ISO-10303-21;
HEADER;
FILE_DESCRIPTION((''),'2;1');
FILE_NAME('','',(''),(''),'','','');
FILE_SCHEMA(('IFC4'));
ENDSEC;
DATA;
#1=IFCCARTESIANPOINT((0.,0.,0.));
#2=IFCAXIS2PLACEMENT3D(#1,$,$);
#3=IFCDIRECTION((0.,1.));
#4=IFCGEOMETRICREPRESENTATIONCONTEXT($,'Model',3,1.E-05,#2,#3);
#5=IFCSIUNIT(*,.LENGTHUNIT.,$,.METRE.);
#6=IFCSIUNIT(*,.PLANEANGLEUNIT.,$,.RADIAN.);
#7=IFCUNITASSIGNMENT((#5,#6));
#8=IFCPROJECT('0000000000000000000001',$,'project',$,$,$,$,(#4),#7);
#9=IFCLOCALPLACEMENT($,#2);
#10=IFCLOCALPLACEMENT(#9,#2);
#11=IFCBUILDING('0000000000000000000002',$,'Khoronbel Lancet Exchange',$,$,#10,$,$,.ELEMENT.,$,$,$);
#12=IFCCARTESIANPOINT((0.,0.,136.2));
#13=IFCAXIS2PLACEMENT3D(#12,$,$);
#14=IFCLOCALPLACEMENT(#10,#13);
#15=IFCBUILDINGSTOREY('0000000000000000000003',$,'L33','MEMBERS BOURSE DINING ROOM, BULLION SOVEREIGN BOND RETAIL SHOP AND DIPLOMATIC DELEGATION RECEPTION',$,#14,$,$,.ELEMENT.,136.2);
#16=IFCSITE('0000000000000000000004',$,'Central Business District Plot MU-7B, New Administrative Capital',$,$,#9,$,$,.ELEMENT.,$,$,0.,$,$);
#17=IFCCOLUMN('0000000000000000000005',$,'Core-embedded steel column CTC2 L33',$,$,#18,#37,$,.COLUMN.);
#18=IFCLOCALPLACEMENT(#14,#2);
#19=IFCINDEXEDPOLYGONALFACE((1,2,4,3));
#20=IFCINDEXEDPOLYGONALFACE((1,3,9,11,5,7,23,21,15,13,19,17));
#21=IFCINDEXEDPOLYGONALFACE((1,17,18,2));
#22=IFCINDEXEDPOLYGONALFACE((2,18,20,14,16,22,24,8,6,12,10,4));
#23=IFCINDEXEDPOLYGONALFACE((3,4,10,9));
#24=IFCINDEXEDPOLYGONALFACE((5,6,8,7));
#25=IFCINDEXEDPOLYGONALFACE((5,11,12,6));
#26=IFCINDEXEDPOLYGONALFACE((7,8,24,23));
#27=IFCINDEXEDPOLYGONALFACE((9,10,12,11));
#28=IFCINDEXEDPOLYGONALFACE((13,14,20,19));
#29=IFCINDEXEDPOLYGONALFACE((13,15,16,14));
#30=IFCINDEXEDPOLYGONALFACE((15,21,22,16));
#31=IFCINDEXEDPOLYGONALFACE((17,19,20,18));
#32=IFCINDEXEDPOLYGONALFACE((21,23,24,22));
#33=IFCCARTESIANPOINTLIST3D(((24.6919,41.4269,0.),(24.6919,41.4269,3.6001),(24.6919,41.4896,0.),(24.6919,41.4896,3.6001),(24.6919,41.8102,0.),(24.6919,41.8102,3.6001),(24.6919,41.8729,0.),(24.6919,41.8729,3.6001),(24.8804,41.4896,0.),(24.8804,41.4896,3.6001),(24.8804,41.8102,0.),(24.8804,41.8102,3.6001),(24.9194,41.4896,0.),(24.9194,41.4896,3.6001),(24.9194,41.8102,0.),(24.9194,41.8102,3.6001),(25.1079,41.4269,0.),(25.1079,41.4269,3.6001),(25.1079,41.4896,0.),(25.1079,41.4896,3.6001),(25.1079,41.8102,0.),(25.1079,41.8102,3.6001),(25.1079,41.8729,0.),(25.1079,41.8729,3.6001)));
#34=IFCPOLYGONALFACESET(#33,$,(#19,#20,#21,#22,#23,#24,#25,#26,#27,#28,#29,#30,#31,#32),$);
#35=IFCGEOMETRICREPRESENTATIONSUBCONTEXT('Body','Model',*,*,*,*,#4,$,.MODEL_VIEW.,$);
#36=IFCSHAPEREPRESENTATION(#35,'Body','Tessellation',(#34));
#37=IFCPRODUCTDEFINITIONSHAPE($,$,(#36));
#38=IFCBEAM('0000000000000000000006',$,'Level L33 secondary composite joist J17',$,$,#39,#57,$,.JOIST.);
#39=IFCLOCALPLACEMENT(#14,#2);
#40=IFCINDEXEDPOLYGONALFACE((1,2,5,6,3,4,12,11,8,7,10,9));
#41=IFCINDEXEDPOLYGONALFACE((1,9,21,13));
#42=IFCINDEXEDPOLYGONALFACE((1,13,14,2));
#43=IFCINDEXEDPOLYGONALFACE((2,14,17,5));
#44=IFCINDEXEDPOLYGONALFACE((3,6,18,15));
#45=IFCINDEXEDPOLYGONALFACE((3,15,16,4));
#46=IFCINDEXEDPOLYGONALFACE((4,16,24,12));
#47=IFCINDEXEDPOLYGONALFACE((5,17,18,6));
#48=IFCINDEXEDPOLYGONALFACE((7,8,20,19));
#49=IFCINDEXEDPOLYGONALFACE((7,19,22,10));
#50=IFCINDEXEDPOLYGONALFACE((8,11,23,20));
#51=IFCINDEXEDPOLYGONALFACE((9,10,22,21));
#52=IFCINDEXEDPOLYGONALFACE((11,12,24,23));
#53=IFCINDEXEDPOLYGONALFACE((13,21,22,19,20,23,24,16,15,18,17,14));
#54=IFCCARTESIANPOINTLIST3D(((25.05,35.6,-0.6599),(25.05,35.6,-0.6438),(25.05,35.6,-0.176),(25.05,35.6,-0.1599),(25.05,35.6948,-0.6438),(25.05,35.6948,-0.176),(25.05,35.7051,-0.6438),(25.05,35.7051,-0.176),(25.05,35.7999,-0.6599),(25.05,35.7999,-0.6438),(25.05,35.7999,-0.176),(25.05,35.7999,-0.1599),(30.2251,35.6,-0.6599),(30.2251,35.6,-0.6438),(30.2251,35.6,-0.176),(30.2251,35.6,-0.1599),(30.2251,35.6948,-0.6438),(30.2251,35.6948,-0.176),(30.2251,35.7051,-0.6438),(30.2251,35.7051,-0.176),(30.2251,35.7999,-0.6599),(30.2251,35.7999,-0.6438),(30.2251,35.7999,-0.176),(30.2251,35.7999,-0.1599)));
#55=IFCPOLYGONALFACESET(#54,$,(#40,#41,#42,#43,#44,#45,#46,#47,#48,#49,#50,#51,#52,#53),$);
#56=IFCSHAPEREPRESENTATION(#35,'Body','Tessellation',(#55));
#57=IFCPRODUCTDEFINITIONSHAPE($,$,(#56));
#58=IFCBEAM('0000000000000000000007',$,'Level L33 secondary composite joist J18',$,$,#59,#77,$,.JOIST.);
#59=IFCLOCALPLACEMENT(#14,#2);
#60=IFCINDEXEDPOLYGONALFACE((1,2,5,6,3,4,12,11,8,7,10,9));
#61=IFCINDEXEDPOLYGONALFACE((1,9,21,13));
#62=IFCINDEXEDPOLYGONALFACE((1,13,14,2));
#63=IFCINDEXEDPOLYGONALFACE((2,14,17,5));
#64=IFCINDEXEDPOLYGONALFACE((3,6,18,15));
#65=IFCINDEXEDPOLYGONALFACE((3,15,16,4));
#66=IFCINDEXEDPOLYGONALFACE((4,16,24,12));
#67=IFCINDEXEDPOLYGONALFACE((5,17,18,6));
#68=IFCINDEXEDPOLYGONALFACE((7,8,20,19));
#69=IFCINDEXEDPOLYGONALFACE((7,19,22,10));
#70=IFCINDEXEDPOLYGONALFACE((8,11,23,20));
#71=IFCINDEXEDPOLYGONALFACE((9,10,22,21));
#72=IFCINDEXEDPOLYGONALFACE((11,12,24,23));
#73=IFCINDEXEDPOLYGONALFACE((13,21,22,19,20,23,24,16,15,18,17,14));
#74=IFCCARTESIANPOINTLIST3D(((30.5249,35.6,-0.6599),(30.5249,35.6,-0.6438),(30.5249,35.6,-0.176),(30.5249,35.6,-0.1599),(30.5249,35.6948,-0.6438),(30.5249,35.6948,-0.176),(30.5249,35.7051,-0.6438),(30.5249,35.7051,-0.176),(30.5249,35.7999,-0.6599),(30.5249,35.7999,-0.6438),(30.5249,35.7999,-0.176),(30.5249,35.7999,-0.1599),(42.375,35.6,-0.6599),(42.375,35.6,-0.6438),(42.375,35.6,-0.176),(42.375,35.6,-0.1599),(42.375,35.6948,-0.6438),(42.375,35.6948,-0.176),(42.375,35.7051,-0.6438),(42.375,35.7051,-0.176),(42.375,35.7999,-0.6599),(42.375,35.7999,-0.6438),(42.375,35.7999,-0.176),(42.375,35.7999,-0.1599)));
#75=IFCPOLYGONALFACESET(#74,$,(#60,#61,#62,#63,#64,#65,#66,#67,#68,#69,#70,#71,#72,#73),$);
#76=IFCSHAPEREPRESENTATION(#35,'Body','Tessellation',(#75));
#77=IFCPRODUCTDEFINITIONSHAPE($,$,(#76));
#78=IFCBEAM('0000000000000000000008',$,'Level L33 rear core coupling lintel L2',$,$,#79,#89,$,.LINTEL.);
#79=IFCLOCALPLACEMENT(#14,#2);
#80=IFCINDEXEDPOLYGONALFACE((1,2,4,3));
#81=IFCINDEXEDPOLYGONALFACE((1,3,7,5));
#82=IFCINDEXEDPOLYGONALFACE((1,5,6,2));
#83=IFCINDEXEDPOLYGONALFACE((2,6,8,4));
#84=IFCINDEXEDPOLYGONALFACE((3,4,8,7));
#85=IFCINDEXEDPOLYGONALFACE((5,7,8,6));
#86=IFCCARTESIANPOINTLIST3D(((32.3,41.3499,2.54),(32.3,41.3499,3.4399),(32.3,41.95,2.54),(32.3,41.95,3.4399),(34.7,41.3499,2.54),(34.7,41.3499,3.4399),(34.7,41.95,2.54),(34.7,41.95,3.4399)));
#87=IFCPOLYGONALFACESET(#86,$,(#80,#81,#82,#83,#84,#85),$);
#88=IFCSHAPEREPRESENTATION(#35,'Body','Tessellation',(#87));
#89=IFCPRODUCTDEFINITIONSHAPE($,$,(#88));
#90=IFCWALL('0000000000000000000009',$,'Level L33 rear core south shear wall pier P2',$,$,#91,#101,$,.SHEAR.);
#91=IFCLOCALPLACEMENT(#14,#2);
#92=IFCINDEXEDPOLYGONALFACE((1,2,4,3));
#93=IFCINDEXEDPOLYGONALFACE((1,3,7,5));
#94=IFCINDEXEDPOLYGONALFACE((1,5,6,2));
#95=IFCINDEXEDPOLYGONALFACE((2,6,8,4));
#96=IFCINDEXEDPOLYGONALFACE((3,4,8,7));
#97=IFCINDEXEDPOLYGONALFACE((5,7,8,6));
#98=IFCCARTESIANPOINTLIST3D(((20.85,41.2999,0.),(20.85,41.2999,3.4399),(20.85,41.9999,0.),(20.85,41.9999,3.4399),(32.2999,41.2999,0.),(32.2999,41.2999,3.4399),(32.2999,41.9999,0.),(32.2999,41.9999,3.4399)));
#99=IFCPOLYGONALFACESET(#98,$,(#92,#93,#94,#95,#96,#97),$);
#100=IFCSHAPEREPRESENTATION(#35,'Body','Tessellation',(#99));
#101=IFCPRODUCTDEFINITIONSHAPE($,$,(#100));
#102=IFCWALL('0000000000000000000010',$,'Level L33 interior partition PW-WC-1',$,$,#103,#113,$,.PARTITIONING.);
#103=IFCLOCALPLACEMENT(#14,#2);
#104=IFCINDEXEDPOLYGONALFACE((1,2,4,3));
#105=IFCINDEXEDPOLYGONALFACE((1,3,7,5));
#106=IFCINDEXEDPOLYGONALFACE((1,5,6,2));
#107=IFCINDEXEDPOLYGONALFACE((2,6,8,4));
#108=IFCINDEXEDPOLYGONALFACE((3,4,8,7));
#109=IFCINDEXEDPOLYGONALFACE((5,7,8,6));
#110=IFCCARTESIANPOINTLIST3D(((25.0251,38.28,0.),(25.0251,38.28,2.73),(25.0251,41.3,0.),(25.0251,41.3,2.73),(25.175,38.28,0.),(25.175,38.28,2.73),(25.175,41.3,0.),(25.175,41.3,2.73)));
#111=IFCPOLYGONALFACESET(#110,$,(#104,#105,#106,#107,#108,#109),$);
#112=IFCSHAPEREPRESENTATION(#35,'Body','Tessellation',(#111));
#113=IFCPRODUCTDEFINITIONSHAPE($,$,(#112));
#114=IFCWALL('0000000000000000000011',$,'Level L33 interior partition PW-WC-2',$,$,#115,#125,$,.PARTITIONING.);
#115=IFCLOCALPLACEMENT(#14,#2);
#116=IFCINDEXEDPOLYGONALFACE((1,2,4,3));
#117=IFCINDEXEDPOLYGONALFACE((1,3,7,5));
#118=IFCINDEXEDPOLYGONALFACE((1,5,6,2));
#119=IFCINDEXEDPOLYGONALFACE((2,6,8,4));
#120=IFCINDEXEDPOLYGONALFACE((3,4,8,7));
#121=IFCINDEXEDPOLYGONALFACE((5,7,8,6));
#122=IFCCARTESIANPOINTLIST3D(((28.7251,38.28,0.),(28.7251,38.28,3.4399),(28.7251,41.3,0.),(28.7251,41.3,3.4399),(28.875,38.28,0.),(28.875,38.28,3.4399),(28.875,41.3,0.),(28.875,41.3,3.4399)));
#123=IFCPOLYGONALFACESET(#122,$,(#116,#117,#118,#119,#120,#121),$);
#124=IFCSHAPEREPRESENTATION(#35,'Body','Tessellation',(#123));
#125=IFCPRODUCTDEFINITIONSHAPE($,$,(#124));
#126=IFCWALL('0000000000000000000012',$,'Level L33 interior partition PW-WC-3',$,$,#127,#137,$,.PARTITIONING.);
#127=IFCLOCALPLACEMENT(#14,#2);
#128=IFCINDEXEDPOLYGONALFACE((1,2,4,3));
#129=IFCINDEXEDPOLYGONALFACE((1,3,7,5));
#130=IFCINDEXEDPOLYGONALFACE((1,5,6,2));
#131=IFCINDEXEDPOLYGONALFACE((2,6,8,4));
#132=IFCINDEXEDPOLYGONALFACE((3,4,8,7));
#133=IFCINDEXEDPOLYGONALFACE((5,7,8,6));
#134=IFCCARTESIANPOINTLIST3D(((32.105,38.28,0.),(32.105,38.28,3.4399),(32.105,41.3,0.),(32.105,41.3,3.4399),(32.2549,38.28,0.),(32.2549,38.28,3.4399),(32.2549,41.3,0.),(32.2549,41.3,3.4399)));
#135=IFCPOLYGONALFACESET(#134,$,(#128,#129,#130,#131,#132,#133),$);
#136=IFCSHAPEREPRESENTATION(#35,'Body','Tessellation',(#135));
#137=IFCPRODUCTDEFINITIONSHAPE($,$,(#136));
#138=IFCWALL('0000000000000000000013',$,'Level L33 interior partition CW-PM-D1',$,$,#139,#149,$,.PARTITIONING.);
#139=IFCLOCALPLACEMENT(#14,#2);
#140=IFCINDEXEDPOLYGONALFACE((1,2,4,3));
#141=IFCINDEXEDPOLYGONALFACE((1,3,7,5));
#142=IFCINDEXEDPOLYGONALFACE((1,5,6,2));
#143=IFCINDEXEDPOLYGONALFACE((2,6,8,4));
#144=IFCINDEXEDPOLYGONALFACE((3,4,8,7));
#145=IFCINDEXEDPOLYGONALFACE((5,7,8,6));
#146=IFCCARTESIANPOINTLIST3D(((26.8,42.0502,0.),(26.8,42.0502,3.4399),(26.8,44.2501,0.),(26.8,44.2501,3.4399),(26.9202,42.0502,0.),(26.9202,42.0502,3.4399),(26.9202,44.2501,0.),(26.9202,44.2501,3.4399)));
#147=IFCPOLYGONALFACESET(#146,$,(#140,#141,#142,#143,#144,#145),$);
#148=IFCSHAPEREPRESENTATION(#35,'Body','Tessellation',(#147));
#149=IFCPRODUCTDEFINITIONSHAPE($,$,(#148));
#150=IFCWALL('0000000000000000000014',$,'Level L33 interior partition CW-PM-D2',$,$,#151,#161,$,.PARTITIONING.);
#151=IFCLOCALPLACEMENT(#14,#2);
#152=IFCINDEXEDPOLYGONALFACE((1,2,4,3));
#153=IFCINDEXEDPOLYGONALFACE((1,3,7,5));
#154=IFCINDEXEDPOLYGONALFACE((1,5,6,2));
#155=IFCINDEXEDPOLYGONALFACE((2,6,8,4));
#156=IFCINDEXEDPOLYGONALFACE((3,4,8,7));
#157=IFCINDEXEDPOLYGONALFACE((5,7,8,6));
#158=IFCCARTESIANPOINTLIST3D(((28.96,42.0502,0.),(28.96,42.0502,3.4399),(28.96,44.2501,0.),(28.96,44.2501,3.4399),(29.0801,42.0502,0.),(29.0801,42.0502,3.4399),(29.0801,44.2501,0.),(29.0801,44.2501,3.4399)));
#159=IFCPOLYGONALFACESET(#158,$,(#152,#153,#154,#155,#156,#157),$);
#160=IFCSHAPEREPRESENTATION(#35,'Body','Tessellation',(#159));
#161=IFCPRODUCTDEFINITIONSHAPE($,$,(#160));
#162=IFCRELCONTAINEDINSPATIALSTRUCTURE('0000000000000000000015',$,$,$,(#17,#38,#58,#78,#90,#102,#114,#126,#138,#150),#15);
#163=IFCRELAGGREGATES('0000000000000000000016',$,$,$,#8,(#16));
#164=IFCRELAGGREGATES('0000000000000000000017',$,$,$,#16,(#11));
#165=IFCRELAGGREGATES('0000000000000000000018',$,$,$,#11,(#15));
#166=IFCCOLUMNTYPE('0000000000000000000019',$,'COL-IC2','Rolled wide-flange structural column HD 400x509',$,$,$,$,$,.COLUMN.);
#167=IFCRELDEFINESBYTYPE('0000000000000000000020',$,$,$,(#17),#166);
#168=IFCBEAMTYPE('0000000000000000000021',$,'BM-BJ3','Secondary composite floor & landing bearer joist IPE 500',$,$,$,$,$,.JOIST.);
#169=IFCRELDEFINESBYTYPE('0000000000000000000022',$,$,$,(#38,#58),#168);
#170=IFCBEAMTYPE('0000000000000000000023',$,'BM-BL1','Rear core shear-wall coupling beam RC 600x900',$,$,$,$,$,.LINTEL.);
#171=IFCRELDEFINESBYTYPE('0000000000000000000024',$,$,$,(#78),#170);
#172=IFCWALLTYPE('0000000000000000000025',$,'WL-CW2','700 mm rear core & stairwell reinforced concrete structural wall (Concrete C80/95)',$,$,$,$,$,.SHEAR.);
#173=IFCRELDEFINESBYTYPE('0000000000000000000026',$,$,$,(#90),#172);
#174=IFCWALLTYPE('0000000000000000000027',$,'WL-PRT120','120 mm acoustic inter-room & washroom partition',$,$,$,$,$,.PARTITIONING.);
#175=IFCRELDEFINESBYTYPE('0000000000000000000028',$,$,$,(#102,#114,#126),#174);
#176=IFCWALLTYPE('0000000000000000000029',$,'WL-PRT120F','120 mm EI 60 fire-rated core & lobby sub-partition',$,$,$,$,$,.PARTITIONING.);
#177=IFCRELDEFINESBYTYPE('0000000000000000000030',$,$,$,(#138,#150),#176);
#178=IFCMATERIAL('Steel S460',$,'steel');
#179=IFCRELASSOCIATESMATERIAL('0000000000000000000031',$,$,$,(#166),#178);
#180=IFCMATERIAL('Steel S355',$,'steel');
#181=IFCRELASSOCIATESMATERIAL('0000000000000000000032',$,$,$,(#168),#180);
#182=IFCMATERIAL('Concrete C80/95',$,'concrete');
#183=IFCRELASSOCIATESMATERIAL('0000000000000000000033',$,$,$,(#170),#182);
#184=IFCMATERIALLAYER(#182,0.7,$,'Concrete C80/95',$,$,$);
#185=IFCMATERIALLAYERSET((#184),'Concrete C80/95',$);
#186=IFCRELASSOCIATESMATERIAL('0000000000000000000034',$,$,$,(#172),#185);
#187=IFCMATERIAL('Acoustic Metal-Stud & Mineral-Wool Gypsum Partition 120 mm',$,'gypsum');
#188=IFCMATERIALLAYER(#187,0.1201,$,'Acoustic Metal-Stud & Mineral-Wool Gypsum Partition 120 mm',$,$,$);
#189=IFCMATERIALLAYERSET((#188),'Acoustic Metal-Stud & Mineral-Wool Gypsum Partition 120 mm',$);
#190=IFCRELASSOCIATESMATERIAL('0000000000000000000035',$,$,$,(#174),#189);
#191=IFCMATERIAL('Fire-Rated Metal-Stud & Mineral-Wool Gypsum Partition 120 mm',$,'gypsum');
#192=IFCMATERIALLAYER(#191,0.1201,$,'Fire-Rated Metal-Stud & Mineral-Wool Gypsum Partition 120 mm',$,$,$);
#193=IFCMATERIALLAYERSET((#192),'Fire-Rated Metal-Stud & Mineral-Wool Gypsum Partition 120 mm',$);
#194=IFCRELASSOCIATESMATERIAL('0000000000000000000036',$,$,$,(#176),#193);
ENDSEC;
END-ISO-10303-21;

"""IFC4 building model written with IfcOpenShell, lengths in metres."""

from ifc_helpers import new_model, si_unit, direction, frame, frame_2d, origin, origin_2d, place, context, subcontext, project, spatial, rectangle, i_section, extrude, material, layer, layer_set, material_profile, profile_set, type_object, element, save


model = new_model("IFC4")

# Units and contexts
model_context = context("Model", 3, precision=1e-05, world=origin(), true_north=direction((0.0, 1.0)))
body_context = subcontext(model_context, "Body", "Model", "MODEL_VIEW")
ifc_project = project(units=[si_unit("LENGTHUNIT", "METRE"), si_unit("PLANEANGLEUNIT", "RADIAN")], contexts=[model_context])

# Site, building, storey
site_placement = place(None, origin())
site = spatial("IfcSite", under=ifc_project, at=site_placement, Name="Central Business District Plot MU-7B, New Administrative Capital", CompositionType="ELEMENT", RefElevation=0.0)
building_placement = place(site_placement, origin())
building = spatial("IfcBuilding", under=site, at=building_placement, Name="Khoronbel Lancet Exchange", CompositionType="ELEMENT")
storey_placement = place(building_placement, frame((0.0, 0.0, 136.2)))
storey = spatial("IfcBuildingStorey", under=building, at=storey_placement, Name="L33", Description="MEMBERS BOURSE DINING ROOM, BULLION SOVEREIGN BOND RETAIL SHOP AND DIPLOMATIC DELEGATION RECEPTION", CompositionType="ELEMENT", Elevation=136.2)

# Column
ifc_material_1 = material(Name="Steel S460", Category="steel")
ifc_material_profile_1 = material_profile(ifc_material_1, i_section(OverallWidth=0.416, OverallDepth=0.446, WebThickness=0.0391, FlangeThickness=0.0627, at=origin_2d()), Name="HD 400x509")
ifc_profile_set_1 = profile_set([ifc_material_profile_1], Name="Steel S460")
column_type = type_object("IfcColumnType", Name="COL-IC2", Description="Rolled wide-flange structural column HD 400x509", PredefinedType="COLUMN", material=ifc_profile_set_1)
column_placement = place(storey_placement, frame((24.8999, 41.6499, 0.0), z_axis=(0.0, 0.0, 1.0), x_axis=(1.0, 0.0, 0.0)))
element("IfcColumn", 1, at=column_placement, inside=storey, type_object=column_type, Name="Core-embedded steel column CTC2 L33", PredefinedType="COLUMN", context=body_context, shape_type="SweptSolid", body=[
    extrude(i_section(OverallWidth=0.416, OverallDepth=0.446, WebThickness=0.0391, FlangeThickness=0.0627, at=origin_2d()), origin(), (0.0, 0.0, 1.0), 3.6001),
])

# Beams
ifc_material_2 = material(Name="Steel S355", Category="steel")
ifc_material_profile_2 = material_profile(ifc_material_2, i_section(OverallWidth=0.2, OverallDepth=0.5, WebThickness=0.0103, FlangeThickness=0.0161, at=origin_2d()), Name="IPE 500")
ifc_profile_set_2 = profile_set([ifc_material_profile_2], Name="Steel S355")
beam_type_1 = type_object("IfcBeamType", Name="BM-BJ3", Description="Secondary composite floor & landing bearer joist IPE 500", PredefinedType="JOIST", material=ifc_profile_set_2)
beam_1_placement = place(storey_placement, frame((25.05, 35.7, -0.4099), z_axis=(1.0, 0.0, 0.0), x_axis=(0.0, 1.0, 0.0)))
element("IfcBeam", 2, at=beam_1_placement, inside=storey, type_object=beam_type_1, Name="Level L33 secondary composite joist J17", PredefinedType="JOIST", context=body_context, shape_type="SweptSolid", body=[
    extrude(i_section(OverallWidth=0.2, OverallDepth=0.5, WebThickness=0.0103, FlangeThickness=0.0161, at=origin_2d()), origin(), (0.0, 0.0, 1.0), 5.175),
])
beam_2_placement = place(storey_placement, frame((30.5249, 35.7, -0.4099), z_axis=(1.0, 0.0, 0.0), x_axis=(0.0, 1.0, 0.0)))
element("IfcBeam", 3, at=beam_2_placement, inside=storey, type_object=beam_type_1, Name="Level L33 secondary composite joist J18", PredefinedType="JOIST", context=body_context, shape_type="SweptSolid", body=[
    extrude(i_section(OverallWidth=0.2, OverallDepth=0.5, WebThickness=0.0103, FlangeThickness=0.0161, at=origin_2d()), origin(), (0.0, 0.0, 1.0), 11.8501),
])
ifc_material_3 = material(Name="Concrete C80/95", Category="concrete")
ifc_material_profile_3 = material_profile(ifc_material_3, rectangle(XDim=0.6001, YDim=0.8999, at=origin_2d()), Name="RC 600x900")
ifc_profile_set_3 = profile_set([ifc_material_profile_3], Name="Concrete C80/95")
beam_type_2 = type_object("IfcBeamType", Name="BM-BL1", Description="Rear core shear-wall coupling beam RC 600x900", PredefinedType="LINTEL", material=ifc_profile_set_3)
beam_3_placement = place(storey_placement, frame((32.3, 41.6499, 2.99), z_axis=(1.0, 0.0, 0.0), x_axis=(0.0, 1.0, 0.0)))
element("IfcBeam", 4, at=beam_3_placement, inside=storey, type_object=beam_type_2, Name="Level L33 rear core coupling lintel L2", PredefinedType="LINTEL", context=body_context, shape_type="SweptSolid", body=[
    extrude(rectangle(XDim=0.6001, YDim=0.8999, at=origin_2d()), origin(), (0.0, 0.0, 1.0), 2.3999),
])

# Walls
ifc_layer_1 = layer(ifc_material_3, 0.7, Name="Concrete C80/95")
ifc_layer_set_1 = layer_set([ifc_layer_1], Name="Concrete C80/95")
wall_type_1 = type_object("IfcWallType", Name="WL-CW2", Description="700 mm rear core & stairwell reinforced concrete structural wall (Concrete C80/95)", PredefinedType="SHEAR", material=ifc_layer_set_1)
wall_1_placement = place(storey_placement, frame((32.3, 41.6499, 0.0), z_axis=(0.0, 0.0, 1.0), x_axis=(-1.0, 0.0, 0.0)))
element("IfcWall", 5, at=wall_1_placement, inside=storey, type_object=wall_type_1, Name="Level L33 rear core south shear wall pier P2", PredefinedType="SHEAR", context=body_context, shape_type="SweptSolid", body=[
    extrude(rectangle(XDim=11.45, YDim=0.7, at=frame_2d((5.7251, 0.0))), origin(), (0.0, 0.0, 1.0), 3.4399),
])
ifc_material_4 = material(Name="Acoustic Metal-Stud & Mineral-Wool Gypsum Partition 120 mm", Category="gypsum")
ifc_layer_2 = layer(ifc_material_4, 0.1201, Name="Acoustic Metal-Stud & Mineral-Wool Gypsum Partition 120 mm")
ifc_layer_set_2 = layer_set([ifc_layer_2], Name="Acoustic Metal-Stud & Mineral-Wool Gypsum Partition 120 mm")
wall_type_2 = type_object("IfcWallType", Name="WL-PRT120", Description="120 mm acoustic inter-room & washroom partition", PredefinedType="PARTITIONING", material=ifc_layer_set_2)
wall_2_placement = place(storey_placement, frame((25.1001, 38.28, 0.0), z_axis=(0.0, 0.0, 1.0), x_axis=(0.0, 1.0, 0.0)))
element("IfcWall", 6, at=wall_2_placement, inside=storey, type_object=wall_type_2, Name="Level L33 interior partition PW-WC-1", PredefinedType="PARTITIONING", context=body_context, shape_type="SweptSolid", body=[
    extrude(rectangle(XDim=3.02, YDim=0.1499, at=frame_2d((1.51, 0.0))), origin(), (0.0, 0.0, 1.0), 2.73),
])
for number, where, z_axis, x_axis, name in (
    (7, (28.8, 38.28, 0.0), (0.0, 0.0, 1.0), (0.0, 1.0, 0.0), "Level L33 interior partition PW-WC-2"),
    (8, (32.1799, 38.28, 0.0), (0.0, 0.0, 1.0), (0.0, 1.0, 0.0), "Level L33 interior partition PW-WC-3"),
):
    element("IfcWall", number, at=place(storey_placement, frame(where, z_axis=z_axis, x_axis=x_axis)), inside=storey, type_object=wall_type_2, Name=name, PredefinedType="PARTITIONING", context=body_context, shape_type="SweptSolid", body=[
        extrude(rectangle(XDim=3.02, YDim=0.1499, at=frame_2d((1.51, 0.0))), origin(), (0.0, 0.0, 1.0), 3.4399),
    ])
ifc_material_5 = material(Name="Fire-Rated Metal-Stud & Mineral-Wool Gypsum Partition 120 mm", Category="gypsum")
ifc_layer_3 = layer(ifc_material_5, 0.1201, Name="Fire-Rated Metal-Stud & Mineral-Wool Gypsum Partition 120 mm")
ifc_layer_set_3 = layer_set([ifc_layer_3], Name="Fire-Rated Metal-Stud & Mineral-Wool Gypsum Partition 120 mm")
wall_type_3 = type_object("IfcWallType", Name="WL-PRT120F", Description="120 mm EI 60 fire-rated core & lobby sub-partition", PredefinedType="PARTITIONING", material=ifc_layer_set_3)
for number, where, z_axis, x_axis, name in (
    (9, (26.8601, 42.05, 0.0), (0.0, 0.0, 1.0), (0.0, 1.0, 0.0), "Level L33 interior partition CW-PM-D1"),
    (10, (29.02, 42.05, 0.0), (0.0, 0.0, 1.0), (0.0, 1.0, 0.0), "Level L33 interior partition CW-PM-D2"),
):
    element("IfcWall", number, at=place(storey_placement, frame(where, z_axis=z_axis, x_axis=x_axis)), inside=storey, type_object=wall_type_3, Name=name, PredefinedType="PARTITIONING", context=body_context, shape_type="SweptSolid", body=[
        extrude(rectangle(XDim=2.2, YDim=0.1201, at=frame_2d((1.1001, 0.0))), origin(), (0.0, 0.0, 1.0), 3.4399),
    ])

save(model, "model.ifc")
